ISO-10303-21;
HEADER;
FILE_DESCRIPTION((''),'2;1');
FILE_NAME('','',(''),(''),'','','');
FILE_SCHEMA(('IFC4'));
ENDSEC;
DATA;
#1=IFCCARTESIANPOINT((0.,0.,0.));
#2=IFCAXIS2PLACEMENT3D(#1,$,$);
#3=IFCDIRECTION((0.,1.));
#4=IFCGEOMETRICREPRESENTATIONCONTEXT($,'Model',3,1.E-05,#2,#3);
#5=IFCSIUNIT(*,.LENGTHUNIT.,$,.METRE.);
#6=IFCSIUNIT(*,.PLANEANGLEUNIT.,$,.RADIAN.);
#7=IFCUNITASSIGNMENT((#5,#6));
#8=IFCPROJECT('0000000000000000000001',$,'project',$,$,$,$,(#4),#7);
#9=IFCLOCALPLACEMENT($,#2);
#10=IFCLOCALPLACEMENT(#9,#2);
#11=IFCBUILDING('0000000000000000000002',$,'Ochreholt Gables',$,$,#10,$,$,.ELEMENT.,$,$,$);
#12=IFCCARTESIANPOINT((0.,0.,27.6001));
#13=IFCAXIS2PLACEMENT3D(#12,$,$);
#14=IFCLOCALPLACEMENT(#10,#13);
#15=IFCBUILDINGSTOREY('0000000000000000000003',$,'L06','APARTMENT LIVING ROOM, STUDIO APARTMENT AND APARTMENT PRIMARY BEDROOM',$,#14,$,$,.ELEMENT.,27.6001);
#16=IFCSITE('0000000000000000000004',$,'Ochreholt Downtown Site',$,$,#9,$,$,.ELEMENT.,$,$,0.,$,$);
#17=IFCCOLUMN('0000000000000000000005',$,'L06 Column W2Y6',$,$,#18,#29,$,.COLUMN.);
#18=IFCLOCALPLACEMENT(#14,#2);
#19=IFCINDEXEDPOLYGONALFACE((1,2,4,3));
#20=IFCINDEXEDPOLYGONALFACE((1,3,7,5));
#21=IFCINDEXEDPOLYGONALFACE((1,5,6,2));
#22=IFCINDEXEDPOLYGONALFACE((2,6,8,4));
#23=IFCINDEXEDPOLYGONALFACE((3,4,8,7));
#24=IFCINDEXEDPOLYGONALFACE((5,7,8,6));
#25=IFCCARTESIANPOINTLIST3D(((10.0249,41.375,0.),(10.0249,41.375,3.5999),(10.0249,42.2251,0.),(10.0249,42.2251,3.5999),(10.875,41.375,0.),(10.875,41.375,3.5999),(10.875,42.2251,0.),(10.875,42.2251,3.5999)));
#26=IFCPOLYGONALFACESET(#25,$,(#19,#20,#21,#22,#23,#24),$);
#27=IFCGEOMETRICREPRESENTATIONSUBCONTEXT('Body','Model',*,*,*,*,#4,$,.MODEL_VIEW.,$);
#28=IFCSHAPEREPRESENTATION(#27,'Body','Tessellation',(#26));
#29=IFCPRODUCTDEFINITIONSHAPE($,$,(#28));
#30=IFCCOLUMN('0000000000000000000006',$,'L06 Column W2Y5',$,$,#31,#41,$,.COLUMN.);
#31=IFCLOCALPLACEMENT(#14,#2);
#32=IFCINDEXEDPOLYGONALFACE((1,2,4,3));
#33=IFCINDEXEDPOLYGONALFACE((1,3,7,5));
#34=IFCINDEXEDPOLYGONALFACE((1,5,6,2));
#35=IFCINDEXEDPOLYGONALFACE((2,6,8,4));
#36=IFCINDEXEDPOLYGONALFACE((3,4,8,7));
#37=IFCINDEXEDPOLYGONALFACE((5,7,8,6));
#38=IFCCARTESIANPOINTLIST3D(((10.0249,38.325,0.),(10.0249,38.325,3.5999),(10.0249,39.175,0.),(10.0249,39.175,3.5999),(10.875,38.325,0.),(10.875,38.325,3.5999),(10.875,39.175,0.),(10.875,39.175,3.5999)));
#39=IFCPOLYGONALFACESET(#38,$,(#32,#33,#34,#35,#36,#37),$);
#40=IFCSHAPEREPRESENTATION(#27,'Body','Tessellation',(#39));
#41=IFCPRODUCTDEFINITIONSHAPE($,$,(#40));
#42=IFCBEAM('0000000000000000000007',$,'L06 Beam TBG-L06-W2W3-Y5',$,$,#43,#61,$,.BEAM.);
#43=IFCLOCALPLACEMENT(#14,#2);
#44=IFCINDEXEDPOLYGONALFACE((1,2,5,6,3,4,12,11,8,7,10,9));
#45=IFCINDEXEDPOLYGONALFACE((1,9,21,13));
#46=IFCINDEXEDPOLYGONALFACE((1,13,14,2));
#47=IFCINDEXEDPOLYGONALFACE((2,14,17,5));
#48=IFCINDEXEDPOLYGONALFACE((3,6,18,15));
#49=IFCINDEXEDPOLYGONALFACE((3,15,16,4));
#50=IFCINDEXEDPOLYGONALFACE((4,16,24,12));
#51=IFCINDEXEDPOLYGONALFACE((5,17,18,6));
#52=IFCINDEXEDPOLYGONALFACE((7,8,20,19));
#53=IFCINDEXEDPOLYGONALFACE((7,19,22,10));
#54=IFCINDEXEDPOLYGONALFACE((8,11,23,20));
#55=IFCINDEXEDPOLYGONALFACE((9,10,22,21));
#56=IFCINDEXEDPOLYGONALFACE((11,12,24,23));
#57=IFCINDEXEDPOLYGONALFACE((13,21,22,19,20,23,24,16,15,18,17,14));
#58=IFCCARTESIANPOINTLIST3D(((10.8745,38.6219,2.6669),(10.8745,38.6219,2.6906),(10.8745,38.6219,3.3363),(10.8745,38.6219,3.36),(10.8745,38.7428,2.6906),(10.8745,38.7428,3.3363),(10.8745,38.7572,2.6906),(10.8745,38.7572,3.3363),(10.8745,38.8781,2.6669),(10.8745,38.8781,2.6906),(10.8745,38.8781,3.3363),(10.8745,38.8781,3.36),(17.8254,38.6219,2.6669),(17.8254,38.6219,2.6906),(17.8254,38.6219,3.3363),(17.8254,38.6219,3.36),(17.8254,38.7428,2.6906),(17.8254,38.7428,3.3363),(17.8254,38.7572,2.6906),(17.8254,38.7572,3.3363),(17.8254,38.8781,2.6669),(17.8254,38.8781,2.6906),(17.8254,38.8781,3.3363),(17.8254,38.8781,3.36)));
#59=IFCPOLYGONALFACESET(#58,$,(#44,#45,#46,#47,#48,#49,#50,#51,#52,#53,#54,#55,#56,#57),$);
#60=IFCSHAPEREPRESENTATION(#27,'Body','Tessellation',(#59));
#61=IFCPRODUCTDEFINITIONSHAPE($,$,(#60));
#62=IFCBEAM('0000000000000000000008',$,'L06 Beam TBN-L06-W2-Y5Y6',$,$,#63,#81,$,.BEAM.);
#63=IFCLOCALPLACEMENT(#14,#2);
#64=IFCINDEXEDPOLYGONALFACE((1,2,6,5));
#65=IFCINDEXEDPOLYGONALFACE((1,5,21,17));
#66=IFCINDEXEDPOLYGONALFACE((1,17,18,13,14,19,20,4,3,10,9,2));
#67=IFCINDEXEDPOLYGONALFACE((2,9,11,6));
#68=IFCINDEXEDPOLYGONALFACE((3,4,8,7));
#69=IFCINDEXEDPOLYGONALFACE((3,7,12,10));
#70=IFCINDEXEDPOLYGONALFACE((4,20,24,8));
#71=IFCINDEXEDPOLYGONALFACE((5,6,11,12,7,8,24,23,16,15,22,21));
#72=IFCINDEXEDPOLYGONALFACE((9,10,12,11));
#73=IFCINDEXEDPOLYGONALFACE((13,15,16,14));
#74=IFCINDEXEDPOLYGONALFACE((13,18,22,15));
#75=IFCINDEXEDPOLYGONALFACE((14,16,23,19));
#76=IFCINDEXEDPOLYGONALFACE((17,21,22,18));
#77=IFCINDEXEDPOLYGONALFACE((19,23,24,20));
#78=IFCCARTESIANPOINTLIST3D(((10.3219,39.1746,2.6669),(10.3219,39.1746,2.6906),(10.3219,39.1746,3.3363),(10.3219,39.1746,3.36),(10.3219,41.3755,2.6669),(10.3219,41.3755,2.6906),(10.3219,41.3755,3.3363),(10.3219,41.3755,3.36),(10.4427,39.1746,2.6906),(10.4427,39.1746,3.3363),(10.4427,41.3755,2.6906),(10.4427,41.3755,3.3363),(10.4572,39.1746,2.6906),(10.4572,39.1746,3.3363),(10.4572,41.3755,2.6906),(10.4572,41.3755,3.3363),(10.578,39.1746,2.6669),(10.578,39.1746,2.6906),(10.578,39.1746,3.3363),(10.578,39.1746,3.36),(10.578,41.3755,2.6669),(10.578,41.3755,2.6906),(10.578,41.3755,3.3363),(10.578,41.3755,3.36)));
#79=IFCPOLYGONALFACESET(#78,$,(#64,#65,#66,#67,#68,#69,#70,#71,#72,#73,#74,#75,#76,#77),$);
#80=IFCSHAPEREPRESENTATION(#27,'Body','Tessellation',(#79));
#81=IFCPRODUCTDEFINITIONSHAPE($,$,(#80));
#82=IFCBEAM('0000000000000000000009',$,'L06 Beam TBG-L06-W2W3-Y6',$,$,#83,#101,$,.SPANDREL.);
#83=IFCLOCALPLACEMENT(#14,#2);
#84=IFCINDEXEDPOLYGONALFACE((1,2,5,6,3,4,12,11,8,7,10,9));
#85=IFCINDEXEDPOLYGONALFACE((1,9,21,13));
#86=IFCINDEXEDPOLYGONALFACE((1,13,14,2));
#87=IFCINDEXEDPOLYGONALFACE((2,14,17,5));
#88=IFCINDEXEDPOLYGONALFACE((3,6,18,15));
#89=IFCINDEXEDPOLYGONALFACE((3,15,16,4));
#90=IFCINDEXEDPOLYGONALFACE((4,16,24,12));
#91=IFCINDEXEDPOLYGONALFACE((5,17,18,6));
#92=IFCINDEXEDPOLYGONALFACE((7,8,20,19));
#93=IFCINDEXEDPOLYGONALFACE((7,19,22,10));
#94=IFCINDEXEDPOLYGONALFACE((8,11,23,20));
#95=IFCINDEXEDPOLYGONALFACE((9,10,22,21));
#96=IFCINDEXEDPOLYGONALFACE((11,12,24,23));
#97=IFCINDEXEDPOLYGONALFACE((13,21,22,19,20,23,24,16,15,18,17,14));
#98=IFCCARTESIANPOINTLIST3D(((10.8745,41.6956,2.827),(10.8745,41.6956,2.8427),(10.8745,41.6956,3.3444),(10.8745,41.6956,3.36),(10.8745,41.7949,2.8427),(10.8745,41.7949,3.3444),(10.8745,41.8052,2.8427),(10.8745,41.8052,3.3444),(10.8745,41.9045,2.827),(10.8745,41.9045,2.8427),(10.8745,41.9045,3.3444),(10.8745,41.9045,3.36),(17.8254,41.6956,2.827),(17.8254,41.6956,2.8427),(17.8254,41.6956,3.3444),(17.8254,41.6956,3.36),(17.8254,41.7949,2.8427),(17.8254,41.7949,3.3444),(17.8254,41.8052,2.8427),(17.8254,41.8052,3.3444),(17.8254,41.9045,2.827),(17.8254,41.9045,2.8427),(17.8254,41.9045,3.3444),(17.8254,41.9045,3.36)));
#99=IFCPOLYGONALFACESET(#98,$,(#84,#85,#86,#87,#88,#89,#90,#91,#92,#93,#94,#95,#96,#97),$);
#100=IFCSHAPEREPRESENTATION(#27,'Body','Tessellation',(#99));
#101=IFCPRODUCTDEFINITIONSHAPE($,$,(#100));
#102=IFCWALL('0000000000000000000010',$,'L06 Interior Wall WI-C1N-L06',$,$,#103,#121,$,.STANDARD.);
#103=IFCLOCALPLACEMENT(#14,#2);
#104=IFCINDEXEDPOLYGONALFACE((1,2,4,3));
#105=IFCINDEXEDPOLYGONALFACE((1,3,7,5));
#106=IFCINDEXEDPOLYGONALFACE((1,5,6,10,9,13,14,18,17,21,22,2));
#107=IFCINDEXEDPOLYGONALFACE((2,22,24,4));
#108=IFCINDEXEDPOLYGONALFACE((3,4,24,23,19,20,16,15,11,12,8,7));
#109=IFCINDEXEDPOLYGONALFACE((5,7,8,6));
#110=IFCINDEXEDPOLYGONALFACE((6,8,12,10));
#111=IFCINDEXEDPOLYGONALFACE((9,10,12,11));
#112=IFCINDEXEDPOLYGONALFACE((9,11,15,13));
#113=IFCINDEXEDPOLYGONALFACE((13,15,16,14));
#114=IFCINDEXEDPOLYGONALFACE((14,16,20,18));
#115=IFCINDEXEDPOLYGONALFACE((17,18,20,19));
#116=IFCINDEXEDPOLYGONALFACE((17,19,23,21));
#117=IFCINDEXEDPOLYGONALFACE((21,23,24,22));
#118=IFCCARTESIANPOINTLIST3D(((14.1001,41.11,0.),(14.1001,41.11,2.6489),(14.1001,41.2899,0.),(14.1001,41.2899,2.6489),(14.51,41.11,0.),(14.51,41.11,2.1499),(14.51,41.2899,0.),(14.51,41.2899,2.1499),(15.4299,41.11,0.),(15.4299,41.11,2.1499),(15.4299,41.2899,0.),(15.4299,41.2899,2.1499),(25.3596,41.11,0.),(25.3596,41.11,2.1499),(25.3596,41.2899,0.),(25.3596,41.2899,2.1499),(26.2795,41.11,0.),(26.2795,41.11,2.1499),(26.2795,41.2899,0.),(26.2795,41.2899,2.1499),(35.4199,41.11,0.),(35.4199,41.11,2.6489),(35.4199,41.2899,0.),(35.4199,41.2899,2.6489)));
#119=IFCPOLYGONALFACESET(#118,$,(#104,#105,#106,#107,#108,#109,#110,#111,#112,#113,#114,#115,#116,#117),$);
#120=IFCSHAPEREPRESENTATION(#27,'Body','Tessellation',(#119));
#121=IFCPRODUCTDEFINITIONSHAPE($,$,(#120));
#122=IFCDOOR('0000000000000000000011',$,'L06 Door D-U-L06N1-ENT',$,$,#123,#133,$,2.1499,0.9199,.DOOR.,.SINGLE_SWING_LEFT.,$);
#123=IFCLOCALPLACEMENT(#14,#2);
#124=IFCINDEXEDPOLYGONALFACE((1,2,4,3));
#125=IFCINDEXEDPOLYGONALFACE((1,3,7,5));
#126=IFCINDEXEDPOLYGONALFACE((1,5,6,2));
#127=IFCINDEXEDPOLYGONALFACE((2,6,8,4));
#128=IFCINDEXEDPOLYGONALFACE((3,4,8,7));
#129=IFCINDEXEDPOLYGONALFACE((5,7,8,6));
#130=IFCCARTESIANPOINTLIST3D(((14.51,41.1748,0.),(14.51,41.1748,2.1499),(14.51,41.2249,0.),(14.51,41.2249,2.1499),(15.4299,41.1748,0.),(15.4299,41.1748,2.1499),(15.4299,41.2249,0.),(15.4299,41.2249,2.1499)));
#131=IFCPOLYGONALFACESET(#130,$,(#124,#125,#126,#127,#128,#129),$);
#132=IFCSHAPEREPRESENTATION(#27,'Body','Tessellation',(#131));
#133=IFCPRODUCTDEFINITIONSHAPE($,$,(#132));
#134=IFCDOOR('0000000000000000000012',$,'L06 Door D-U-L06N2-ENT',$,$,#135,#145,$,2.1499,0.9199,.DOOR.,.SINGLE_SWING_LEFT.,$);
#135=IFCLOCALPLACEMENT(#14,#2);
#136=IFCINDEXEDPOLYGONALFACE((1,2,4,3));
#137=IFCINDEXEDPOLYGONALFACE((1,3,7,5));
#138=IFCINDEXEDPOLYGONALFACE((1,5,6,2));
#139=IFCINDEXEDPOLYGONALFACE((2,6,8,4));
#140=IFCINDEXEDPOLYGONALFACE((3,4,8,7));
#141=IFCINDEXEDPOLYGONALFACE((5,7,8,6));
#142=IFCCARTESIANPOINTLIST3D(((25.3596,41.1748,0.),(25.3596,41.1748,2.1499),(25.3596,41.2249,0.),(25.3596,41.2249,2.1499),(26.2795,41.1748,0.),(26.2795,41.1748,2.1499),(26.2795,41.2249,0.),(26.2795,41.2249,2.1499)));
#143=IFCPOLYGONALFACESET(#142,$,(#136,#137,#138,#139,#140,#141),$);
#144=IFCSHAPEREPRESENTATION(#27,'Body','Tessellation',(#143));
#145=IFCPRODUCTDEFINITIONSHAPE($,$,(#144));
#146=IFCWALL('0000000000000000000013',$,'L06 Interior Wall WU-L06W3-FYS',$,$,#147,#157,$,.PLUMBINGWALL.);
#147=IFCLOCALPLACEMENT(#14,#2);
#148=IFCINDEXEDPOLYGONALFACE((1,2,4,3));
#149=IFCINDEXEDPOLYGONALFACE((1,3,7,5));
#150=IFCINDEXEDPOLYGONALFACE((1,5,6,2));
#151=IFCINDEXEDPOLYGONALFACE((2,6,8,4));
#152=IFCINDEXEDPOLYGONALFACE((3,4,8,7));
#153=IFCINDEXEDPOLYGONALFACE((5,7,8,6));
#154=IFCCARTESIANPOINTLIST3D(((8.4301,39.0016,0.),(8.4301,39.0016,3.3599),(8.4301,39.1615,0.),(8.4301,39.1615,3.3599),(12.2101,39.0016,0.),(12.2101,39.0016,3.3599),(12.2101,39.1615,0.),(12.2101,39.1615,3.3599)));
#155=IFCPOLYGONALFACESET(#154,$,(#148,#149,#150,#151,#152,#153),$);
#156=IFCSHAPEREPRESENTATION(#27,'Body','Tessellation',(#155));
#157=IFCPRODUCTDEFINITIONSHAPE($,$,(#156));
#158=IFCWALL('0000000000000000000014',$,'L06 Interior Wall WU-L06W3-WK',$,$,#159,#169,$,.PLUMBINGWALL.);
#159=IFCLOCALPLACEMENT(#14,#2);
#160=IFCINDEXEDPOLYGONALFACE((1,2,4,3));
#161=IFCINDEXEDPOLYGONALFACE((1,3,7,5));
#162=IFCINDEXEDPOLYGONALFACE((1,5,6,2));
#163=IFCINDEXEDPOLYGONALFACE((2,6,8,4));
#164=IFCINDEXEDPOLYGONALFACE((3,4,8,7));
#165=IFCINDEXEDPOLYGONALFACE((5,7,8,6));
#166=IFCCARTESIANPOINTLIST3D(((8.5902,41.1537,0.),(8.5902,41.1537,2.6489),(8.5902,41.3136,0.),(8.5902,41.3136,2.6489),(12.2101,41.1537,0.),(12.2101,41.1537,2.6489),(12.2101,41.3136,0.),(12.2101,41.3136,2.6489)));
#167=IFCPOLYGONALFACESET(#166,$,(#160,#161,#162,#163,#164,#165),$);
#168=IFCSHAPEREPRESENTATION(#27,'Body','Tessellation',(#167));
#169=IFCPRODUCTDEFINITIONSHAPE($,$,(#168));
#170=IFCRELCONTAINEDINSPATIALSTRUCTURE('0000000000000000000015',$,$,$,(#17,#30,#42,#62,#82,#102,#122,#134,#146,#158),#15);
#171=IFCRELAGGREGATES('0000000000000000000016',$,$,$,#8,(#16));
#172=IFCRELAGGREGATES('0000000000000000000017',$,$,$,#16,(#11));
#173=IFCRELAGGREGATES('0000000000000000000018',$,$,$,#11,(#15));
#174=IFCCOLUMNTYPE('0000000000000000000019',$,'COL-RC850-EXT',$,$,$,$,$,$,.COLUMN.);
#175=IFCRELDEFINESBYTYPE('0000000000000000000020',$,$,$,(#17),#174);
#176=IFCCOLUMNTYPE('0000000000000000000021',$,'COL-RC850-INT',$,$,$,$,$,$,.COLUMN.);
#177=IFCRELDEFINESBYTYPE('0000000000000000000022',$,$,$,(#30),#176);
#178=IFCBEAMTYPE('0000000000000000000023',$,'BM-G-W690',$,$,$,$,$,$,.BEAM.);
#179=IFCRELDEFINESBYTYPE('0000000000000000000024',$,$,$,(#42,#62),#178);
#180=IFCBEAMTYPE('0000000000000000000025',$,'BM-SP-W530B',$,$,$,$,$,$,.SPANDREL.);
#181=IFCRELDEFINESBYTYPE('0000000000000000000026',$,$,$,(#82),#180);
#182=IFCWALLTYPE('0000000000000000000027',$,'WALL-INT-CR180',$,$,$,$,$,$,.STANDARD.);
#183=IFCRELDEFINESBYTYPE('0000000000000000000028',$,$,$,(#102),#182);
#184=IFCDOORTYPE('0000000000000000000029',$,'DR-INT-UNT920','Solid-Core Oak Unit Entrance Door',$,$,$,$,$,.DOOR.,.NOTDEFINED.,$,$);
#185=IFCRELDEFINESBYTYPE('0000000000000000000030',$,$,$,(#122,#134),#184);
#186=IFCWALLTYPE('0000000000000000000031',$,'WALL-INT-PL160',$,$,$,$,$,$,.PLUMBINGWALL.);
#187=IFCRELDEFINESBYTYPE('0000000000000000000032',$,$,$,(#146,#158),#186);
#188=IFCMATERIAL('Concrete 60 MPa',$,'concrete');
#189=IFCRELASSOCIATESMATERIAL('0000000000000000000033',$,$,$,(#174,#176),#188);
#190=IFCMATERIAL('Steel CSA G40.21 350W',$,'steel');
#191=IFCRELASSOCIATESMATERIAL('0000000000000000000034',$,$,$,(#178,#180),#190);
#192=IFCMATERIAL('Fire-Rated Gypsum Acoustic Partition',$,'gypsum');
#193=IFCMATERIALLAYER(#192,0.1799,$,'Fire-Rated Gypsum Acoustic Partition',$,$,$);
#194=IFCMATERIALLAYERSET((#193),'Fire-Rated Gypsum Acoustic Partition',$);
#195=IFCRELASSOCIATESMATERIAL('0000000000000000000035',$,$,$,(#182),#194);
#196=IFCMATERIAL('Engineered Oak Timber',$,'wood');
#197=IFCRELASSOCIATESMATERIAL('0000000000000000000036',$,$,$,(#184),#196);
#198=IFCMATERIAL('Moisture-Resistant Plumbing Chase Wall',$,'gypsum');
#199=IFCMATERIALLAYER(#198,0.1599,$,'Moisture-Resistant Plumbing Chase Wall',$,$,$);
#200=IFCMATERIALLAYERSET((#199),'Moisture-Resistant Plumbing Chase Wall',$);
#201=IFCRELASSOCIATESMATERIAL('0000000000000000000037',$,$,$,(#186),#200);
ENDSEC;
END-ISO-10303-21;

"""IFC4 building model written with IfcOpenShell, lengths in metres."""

from ifc_helpers import new_model, si_unit, direction, frame, frame_2d, origin, origin_2d, place, context, subcontext, project, spatial, rectangle, i_section, extrude, material, layer, layer_set, material_profile, profile_set, type_object, element, fill, save


model = new_model("IFC4")

# Units and contexts
model_context = context("Model", 3, precision=1e-05, world=origin(), true_north=direction((0.0, 1.0)))
body_context = subcontext(model_context, "Body", "Model", "MODEL_VIEW")
ifc_project = project(units=[si_unit("LENGTHUNIT", "METRE"), si_unit("PLANEANGLEUNIT", "RADIAN")], contexts=[model_context])

# Site, building, storey
site_placement = place(None, origin())
site = spatial("IfcSite", under=ifc_project, at=site_placement, Name="Ochreholt Downtown Site", CompositionType="ELEMENT", RefElevation=0.0)
building_placement = place(site_placement, origin())
building = spatial("IfcBuilding", under=site, at=building_placement, Name="Ochreholt Gables", CompositionType="ELEMENT")
storey_placement = place(building_placement, frame((0.0, 0.0, 27.6001)))
storey = spatial("IfcBuildingStorey", under=building, at=storey_placement, Name="L06", Description="APARTMENT LIVING ROOM, STUDIO APARTMENT AND APARTMENT PRIMARY BEDROOM", CompositionType="ELEMENT", Elevation=27.6001)

# Columns
ifc_material_1 = material(Name="Concrete 60 MPa", Category="concrete")
ifc_material_profile_1 = material_profile(ifc_material_1, rectangle(XDim=0.8501, YDim=0.8501, at=origin_2d()), Name="RC850X850")
ifc_profile_set_1 = profile_set([ifc_material_profile_1], Name="Concrete 60 MPa")
column_type_1 = type_object("IfcColumnType", Name="COL-RC850-EXT", PredefinedType="COLUMN", material=ifc_profile_set_1)
column_1_placement = place(storey_placement, frame((10.45, 41.8, 0.0), z_axis=(0.0, 0.0, 1.0), x_axis=(1.0, 0.0, 0.0)))
element("IfcColumn", 1, at=column_1_placement, inside=storey, type_object=column_type_1, Name="L06 Column W2Y6", PredefinedType="COLUMN", context=body_context, shape_type="SweptSolid", body=[
    extrude(rectangle(XDim=0.8501, YDim=0.8501, at=origin_2d()), origin(), (0.0, 0.0, 1.0), 3.5999),
])
ifc_material_profile_2 = material_profile(ifc_material_1, rectangle(XDim=0.8501, YDim=0.8501, at=origin_2d()), Name="RC850X850")
ifc_profile_set_2 = profile_set([ifc_material_profile_2], Name="Concrete 60 MPa")
column_type_2 = type_object("IfcColumnType", Name="COL-RC850-INT", PredefinedType="COLUMN", material=ifc_profile_set_2)
column_2_placement = place(storey_placement, frame((10.45, 38.75, 0.0), z_axis=(0.0, 0.0, 1.0), x_axis=(1.0, 0.0, 0.0)))
element("IfcColumn", 2, at=column_2_placement, inside=storey, type_object=column_type_2, Name="L06 Column W2Y5", PredefinedType="COLUMN", context=body_context, shape_type="SweptSolid", body=[
    extrude(rectangle(XDim=0.8501, YDim=0.8501, at=origin_2d()), origin(), (0.0, 0.0, 1.0), 3.5999),
])

# Beams
ifc_material_2 = material(Name="Steel CSA G40.21 350W", Category="steel")
ifc_material_profile_3 = material_profile(ifc_material_2, i_section(OverallWidth=0.2561, OverallDepth=0.6931, WebThickness=0.0144, FlangeThickness=0.0237, at=origin_2d()), Name="W690X170")
ifc_profile_set_3 = profile_set([ifc_material_profile_3], Name="Steel CSA G40.21 350W")
beam_type_1 = type_object("IfcBeamType", Name="BM-G-W690", PredefinedType="BEAM", material=ifc_profile_set_3)
beam_1_placement = place(storey_placement, frame((10.8745, 38.75, 3.0134), z_axis=(1.0, 0.0, 0.0), x_axis=(0.0, 1.0, 0.0)))
element("IfcBeam", 3, at=beam_1_placement, inside=storey, type_object=beam_type_1, Name="L06 Beam TBG-L06-W2W3-Y5", PredefinedType="BEAM", context=body_context, shape_type="SweptSolid", body=[
    extrude(i_section(OverallWidth=0.2561, OverallDepth=0.6931, WebThickness=0.0144, FlangeThickness=0.0237, at=origin_2d()), origin(), (0.0, 0.0, 1.0), 6.9509),
])
beam_2_placement = place(storey_placement, frame((10.45, 39.1746, 3.0134), z_axis=(0.0, 1.0, 0.0), x_axis=(-1.0, 0.0, 0.0)))
element("IfcBeam", 4, at=beam_2_placement, inside=storey, type_object=beam_type_1, Name="L06 Beam TBN-L06-W2-Y5Y6", PredefinedType="BEAM", context=body_context, shape_type="SweptSolid", body=[
    extrude(i_section(OverallWidth=0.2561, OverallDepth=0.6931, WebThickness=0.0144, FlangeThickness=0.0237, at=origin_2d()), origin(), (0.0, 0.0, 1.0), 2.2009),
])
ifc_material_profile_4 = material_profile(ifc_material_2, i_section(OverallWidth=0.209, OverallDepth=0.533, WebThickness=0.0103, FlangeThickness=0.0156, at=origin_2d()), Name="W530X92")
ifc_profile_set_4 = profile_set([ifc_material_profile_4], Name="Steel CSA G40.21 350W")
beam_type_2 = type_object("IfcBeamType", Name="BM-SP-W530B", PredefinedType="SPANDREL", material=ifc_profile_set_4)
beam_3_placement = place(storey_placement, frame((10.8745, 41.8, 3.0935), z_axis=(1.0, 0.0, 0.0), x_axis=(0.0, 1.0, 0.0)))
element("IfcBeam", 5, at=beam_3_placement, inside=storey, type_object=beam_type_2, Name="L06 Beam TBG-L06-W2W3-Y6", PredefinedType="SPANDREL", context=body_context, shape_type="SweptSolid", body=[
    extrude(i_section(OverallWidth=0.209, OverallDepth=0.533, WebThickness=0.0103, FlangeThickness=0.0156, at=origin_2d()), origin(), (0.0, 0.0, 1.0), 6.9509),
])

# Wall, openings, doors
ifc_material_3 = material(Name="Fire-Rated Gypsum Acoustic Partition", Category="gypsum")
ifc_layer_1 = layer(ifc_material_3, 0.1799, Name="Fire-Rated Gypsum Acoustic Partition")
ifc_layer_set_1 = layer_set([ifc_layer_1], Name="Fire-Rated Gypsum Acoustic Partition")
wall_type_1 = type_object("IfcWallType", Name="WALL-INT-CR180", PredefinedType="STANDARD", material=ifc_layer_set_1)
wall_1_placement = place(storey_placement, frame((14.1001, 41.2, 0.0), z_axis=(0.0, 0.0, 1.0), x_axis=(1.0, 0.0, 0.0)))
wall_1 = element("IfcWall", 6, at=wall_1_placement, inside=storey, type_object=wall_type_1, Name="L06 Interior Wall WI-C1N-L06", PredefinedType="STANDARD", context=body_context, shape_type="SweptSolid", body=[
    extrude(rectangle(XDim=21.3198, YDim=0.1799, at=frame_2d((10.6599, 0.0))), origin(), (0.0, 0.0, 1.0), 2.6489),
])
opening_1_placement = place(wall_1_placement, frame((0.4099, 0.0, 0.0)))
opening_1 = element("IfcOpeningElement", 7, at=opening_1_placement, cuts=wall_1, PredefinedType="OPENING", context=body_context, shape_type="SweptSolid", body=[
    extrude(rectangle(XDim=0.9199, YDim=2.1499, at=frame_2d((0.46, 1.075))), frame((0.0, 0.0999, 0.0), z_axis=(0.0, -1.0, 0.0), x_axis=(1.0, 0.0, 0.0)), (0.0, 0.0, 1.0), 0.2),
])
opening_2_placement = place(wall_1_placement, frame((11.2595, 0.0, 0.0)))
opening_2 = element("IfcOpeningElement", 8, at=opening_2_placement, cuts=wall_1, PredefinedType="OPENING", context=body_context, shape_type="SweptSolid", body=[
    extrude(rectangle(XDim=0.9199, YDim=2.1499, at=frame_2d((0.46, 1.075))), frame((0.0, 0.0999, 0.0), z_axis=(0.0, -1.0, 0.0), x_axis=(1.0, 0.0, 0.0)), (0.0, 0.0, 1.0), 0.2),
])
ifc_material_4 = material(Name="Engineered Oak Timber", Category="wood")
door_type_1 = type_object("IfcDoorType", Name="DR-INT-UNT920", Description="Solid-Core Oak Unit Entrance Door", OperationType="NOTDEFINED", PredefinedType="DOOR", material=ifc_material_4)
door_1_placement = place(opening_1_placement, origin())
door_1 = element("IfcDoor", 9, at=door_1_placement, inside=storey, type_object=door_type_1, Name="L06 Door D-U-L06N1-ENT", OperationType="SINGLE_SWING_LEFT", OverallHeight=2.1499, OverallWidth=0.9199, PredefinedType="DOOR", context=body_context, shape_type="SweptSolid", body=[
    extrude(rectangle(XDim=0.9199, YDim=2.1499, at=frame_2d((0.46, 1.075))), frame((0.0, 0.0249, 0.0), z_axis=(0.0, -1.0, 0.0), x_axis=(1.0, 0.0, 0.0)), (0.0, 0.0, 1.0), 0.05),
])
fill(opening_1, door_1)
door_2_placement = place(opening_2_placement, origin())
door_2 = element("IfcDoor", 10, at=door_2_placement, inside=storey, type_object=door_type_1, Name="L06 Door D-U-L06N2-ENT", OperationType="SINGLE_SWING_LEFT", OverallHeight=2.1499, OverallWidth=0.9199, PredefinedType="DOOR", context=body_context, shape_type="SweptSolid", body=[
    extrude(rectangle(XDim=0.9199, YDim=2.1499, at=frame_2d((0.46, 1.075))), frame((0.0, 0.0249, 0.0), z_axis=(0.0, -1.0, 0.0), x_axis=(1.0, 0.0, 0.0)), (0.0, 0.0, 1.0), 0.05),
])
fill(opening_2, door_2)

# Wall
ifc_material_5 = material(Name="Moisture-Resistant Plumbing Chase Wall", Category="gypsum")
ifc_layer_2 = layer(ifc_material_5, 0.1599, Name="Moisture-Resistant Plumbing Chase Wall")
ifc_layer_set_2 = layer_set([ifc_layer_2], Name="Moisture-Resistant Plumbing Chase Wall")
wall_type_2 = type_object("IfcWallType", Name="WALL-INT-PL160", PredefinedType="PLUMBINGWALL", material=ifc_layer_set_2)
wall_2_placement = place(storey_placement, frame((8.4299, 39.0815, 0.0), z_axis=(0.0, 0.0, 1.0), x_axis=(1.0, 0.0, 0.0)))
element("IfcWall", 11, at=wall_2_placement, inside=storey, type_object=wall_type_2, Name="L06 Interior Wall WU-L06W3-FYS", PredefinedType="PLUMBINGWALL", context=body_context, shape_type="SweptSolid", body=[
    extrude(rectangle(XDim=3.78, YDim=0.1599, at=frame_2d((1.8901, 0.0))), origin(), (0.0, 0.0, 1.0), 3.3599),
])

# Wall
wall_3_placement = place(storey_placement, frame((8.5901, 41.2336, 0.0), z_axis=(0.0, 0.0, 1.0), x_axis=(1.0, 0.0, 0.0)))
element("IfcWall", 12, at=wall_3_placement, inside=storey, type_object=wall_type_2, Name="L06 Interior Wall WU-L06W3-WK", PredefinedType="PLUMBINGWALL", context=body_context, shape_type="SweptSolid", body=[
    extrude(rectangle(XDim=3.6199, YDim=0.1599, at=frame_2d((1.8101, 0.0))), origin(), (0.0, 0.0, 1.0), 2.6489),
])

save(model, "model.ifc")
